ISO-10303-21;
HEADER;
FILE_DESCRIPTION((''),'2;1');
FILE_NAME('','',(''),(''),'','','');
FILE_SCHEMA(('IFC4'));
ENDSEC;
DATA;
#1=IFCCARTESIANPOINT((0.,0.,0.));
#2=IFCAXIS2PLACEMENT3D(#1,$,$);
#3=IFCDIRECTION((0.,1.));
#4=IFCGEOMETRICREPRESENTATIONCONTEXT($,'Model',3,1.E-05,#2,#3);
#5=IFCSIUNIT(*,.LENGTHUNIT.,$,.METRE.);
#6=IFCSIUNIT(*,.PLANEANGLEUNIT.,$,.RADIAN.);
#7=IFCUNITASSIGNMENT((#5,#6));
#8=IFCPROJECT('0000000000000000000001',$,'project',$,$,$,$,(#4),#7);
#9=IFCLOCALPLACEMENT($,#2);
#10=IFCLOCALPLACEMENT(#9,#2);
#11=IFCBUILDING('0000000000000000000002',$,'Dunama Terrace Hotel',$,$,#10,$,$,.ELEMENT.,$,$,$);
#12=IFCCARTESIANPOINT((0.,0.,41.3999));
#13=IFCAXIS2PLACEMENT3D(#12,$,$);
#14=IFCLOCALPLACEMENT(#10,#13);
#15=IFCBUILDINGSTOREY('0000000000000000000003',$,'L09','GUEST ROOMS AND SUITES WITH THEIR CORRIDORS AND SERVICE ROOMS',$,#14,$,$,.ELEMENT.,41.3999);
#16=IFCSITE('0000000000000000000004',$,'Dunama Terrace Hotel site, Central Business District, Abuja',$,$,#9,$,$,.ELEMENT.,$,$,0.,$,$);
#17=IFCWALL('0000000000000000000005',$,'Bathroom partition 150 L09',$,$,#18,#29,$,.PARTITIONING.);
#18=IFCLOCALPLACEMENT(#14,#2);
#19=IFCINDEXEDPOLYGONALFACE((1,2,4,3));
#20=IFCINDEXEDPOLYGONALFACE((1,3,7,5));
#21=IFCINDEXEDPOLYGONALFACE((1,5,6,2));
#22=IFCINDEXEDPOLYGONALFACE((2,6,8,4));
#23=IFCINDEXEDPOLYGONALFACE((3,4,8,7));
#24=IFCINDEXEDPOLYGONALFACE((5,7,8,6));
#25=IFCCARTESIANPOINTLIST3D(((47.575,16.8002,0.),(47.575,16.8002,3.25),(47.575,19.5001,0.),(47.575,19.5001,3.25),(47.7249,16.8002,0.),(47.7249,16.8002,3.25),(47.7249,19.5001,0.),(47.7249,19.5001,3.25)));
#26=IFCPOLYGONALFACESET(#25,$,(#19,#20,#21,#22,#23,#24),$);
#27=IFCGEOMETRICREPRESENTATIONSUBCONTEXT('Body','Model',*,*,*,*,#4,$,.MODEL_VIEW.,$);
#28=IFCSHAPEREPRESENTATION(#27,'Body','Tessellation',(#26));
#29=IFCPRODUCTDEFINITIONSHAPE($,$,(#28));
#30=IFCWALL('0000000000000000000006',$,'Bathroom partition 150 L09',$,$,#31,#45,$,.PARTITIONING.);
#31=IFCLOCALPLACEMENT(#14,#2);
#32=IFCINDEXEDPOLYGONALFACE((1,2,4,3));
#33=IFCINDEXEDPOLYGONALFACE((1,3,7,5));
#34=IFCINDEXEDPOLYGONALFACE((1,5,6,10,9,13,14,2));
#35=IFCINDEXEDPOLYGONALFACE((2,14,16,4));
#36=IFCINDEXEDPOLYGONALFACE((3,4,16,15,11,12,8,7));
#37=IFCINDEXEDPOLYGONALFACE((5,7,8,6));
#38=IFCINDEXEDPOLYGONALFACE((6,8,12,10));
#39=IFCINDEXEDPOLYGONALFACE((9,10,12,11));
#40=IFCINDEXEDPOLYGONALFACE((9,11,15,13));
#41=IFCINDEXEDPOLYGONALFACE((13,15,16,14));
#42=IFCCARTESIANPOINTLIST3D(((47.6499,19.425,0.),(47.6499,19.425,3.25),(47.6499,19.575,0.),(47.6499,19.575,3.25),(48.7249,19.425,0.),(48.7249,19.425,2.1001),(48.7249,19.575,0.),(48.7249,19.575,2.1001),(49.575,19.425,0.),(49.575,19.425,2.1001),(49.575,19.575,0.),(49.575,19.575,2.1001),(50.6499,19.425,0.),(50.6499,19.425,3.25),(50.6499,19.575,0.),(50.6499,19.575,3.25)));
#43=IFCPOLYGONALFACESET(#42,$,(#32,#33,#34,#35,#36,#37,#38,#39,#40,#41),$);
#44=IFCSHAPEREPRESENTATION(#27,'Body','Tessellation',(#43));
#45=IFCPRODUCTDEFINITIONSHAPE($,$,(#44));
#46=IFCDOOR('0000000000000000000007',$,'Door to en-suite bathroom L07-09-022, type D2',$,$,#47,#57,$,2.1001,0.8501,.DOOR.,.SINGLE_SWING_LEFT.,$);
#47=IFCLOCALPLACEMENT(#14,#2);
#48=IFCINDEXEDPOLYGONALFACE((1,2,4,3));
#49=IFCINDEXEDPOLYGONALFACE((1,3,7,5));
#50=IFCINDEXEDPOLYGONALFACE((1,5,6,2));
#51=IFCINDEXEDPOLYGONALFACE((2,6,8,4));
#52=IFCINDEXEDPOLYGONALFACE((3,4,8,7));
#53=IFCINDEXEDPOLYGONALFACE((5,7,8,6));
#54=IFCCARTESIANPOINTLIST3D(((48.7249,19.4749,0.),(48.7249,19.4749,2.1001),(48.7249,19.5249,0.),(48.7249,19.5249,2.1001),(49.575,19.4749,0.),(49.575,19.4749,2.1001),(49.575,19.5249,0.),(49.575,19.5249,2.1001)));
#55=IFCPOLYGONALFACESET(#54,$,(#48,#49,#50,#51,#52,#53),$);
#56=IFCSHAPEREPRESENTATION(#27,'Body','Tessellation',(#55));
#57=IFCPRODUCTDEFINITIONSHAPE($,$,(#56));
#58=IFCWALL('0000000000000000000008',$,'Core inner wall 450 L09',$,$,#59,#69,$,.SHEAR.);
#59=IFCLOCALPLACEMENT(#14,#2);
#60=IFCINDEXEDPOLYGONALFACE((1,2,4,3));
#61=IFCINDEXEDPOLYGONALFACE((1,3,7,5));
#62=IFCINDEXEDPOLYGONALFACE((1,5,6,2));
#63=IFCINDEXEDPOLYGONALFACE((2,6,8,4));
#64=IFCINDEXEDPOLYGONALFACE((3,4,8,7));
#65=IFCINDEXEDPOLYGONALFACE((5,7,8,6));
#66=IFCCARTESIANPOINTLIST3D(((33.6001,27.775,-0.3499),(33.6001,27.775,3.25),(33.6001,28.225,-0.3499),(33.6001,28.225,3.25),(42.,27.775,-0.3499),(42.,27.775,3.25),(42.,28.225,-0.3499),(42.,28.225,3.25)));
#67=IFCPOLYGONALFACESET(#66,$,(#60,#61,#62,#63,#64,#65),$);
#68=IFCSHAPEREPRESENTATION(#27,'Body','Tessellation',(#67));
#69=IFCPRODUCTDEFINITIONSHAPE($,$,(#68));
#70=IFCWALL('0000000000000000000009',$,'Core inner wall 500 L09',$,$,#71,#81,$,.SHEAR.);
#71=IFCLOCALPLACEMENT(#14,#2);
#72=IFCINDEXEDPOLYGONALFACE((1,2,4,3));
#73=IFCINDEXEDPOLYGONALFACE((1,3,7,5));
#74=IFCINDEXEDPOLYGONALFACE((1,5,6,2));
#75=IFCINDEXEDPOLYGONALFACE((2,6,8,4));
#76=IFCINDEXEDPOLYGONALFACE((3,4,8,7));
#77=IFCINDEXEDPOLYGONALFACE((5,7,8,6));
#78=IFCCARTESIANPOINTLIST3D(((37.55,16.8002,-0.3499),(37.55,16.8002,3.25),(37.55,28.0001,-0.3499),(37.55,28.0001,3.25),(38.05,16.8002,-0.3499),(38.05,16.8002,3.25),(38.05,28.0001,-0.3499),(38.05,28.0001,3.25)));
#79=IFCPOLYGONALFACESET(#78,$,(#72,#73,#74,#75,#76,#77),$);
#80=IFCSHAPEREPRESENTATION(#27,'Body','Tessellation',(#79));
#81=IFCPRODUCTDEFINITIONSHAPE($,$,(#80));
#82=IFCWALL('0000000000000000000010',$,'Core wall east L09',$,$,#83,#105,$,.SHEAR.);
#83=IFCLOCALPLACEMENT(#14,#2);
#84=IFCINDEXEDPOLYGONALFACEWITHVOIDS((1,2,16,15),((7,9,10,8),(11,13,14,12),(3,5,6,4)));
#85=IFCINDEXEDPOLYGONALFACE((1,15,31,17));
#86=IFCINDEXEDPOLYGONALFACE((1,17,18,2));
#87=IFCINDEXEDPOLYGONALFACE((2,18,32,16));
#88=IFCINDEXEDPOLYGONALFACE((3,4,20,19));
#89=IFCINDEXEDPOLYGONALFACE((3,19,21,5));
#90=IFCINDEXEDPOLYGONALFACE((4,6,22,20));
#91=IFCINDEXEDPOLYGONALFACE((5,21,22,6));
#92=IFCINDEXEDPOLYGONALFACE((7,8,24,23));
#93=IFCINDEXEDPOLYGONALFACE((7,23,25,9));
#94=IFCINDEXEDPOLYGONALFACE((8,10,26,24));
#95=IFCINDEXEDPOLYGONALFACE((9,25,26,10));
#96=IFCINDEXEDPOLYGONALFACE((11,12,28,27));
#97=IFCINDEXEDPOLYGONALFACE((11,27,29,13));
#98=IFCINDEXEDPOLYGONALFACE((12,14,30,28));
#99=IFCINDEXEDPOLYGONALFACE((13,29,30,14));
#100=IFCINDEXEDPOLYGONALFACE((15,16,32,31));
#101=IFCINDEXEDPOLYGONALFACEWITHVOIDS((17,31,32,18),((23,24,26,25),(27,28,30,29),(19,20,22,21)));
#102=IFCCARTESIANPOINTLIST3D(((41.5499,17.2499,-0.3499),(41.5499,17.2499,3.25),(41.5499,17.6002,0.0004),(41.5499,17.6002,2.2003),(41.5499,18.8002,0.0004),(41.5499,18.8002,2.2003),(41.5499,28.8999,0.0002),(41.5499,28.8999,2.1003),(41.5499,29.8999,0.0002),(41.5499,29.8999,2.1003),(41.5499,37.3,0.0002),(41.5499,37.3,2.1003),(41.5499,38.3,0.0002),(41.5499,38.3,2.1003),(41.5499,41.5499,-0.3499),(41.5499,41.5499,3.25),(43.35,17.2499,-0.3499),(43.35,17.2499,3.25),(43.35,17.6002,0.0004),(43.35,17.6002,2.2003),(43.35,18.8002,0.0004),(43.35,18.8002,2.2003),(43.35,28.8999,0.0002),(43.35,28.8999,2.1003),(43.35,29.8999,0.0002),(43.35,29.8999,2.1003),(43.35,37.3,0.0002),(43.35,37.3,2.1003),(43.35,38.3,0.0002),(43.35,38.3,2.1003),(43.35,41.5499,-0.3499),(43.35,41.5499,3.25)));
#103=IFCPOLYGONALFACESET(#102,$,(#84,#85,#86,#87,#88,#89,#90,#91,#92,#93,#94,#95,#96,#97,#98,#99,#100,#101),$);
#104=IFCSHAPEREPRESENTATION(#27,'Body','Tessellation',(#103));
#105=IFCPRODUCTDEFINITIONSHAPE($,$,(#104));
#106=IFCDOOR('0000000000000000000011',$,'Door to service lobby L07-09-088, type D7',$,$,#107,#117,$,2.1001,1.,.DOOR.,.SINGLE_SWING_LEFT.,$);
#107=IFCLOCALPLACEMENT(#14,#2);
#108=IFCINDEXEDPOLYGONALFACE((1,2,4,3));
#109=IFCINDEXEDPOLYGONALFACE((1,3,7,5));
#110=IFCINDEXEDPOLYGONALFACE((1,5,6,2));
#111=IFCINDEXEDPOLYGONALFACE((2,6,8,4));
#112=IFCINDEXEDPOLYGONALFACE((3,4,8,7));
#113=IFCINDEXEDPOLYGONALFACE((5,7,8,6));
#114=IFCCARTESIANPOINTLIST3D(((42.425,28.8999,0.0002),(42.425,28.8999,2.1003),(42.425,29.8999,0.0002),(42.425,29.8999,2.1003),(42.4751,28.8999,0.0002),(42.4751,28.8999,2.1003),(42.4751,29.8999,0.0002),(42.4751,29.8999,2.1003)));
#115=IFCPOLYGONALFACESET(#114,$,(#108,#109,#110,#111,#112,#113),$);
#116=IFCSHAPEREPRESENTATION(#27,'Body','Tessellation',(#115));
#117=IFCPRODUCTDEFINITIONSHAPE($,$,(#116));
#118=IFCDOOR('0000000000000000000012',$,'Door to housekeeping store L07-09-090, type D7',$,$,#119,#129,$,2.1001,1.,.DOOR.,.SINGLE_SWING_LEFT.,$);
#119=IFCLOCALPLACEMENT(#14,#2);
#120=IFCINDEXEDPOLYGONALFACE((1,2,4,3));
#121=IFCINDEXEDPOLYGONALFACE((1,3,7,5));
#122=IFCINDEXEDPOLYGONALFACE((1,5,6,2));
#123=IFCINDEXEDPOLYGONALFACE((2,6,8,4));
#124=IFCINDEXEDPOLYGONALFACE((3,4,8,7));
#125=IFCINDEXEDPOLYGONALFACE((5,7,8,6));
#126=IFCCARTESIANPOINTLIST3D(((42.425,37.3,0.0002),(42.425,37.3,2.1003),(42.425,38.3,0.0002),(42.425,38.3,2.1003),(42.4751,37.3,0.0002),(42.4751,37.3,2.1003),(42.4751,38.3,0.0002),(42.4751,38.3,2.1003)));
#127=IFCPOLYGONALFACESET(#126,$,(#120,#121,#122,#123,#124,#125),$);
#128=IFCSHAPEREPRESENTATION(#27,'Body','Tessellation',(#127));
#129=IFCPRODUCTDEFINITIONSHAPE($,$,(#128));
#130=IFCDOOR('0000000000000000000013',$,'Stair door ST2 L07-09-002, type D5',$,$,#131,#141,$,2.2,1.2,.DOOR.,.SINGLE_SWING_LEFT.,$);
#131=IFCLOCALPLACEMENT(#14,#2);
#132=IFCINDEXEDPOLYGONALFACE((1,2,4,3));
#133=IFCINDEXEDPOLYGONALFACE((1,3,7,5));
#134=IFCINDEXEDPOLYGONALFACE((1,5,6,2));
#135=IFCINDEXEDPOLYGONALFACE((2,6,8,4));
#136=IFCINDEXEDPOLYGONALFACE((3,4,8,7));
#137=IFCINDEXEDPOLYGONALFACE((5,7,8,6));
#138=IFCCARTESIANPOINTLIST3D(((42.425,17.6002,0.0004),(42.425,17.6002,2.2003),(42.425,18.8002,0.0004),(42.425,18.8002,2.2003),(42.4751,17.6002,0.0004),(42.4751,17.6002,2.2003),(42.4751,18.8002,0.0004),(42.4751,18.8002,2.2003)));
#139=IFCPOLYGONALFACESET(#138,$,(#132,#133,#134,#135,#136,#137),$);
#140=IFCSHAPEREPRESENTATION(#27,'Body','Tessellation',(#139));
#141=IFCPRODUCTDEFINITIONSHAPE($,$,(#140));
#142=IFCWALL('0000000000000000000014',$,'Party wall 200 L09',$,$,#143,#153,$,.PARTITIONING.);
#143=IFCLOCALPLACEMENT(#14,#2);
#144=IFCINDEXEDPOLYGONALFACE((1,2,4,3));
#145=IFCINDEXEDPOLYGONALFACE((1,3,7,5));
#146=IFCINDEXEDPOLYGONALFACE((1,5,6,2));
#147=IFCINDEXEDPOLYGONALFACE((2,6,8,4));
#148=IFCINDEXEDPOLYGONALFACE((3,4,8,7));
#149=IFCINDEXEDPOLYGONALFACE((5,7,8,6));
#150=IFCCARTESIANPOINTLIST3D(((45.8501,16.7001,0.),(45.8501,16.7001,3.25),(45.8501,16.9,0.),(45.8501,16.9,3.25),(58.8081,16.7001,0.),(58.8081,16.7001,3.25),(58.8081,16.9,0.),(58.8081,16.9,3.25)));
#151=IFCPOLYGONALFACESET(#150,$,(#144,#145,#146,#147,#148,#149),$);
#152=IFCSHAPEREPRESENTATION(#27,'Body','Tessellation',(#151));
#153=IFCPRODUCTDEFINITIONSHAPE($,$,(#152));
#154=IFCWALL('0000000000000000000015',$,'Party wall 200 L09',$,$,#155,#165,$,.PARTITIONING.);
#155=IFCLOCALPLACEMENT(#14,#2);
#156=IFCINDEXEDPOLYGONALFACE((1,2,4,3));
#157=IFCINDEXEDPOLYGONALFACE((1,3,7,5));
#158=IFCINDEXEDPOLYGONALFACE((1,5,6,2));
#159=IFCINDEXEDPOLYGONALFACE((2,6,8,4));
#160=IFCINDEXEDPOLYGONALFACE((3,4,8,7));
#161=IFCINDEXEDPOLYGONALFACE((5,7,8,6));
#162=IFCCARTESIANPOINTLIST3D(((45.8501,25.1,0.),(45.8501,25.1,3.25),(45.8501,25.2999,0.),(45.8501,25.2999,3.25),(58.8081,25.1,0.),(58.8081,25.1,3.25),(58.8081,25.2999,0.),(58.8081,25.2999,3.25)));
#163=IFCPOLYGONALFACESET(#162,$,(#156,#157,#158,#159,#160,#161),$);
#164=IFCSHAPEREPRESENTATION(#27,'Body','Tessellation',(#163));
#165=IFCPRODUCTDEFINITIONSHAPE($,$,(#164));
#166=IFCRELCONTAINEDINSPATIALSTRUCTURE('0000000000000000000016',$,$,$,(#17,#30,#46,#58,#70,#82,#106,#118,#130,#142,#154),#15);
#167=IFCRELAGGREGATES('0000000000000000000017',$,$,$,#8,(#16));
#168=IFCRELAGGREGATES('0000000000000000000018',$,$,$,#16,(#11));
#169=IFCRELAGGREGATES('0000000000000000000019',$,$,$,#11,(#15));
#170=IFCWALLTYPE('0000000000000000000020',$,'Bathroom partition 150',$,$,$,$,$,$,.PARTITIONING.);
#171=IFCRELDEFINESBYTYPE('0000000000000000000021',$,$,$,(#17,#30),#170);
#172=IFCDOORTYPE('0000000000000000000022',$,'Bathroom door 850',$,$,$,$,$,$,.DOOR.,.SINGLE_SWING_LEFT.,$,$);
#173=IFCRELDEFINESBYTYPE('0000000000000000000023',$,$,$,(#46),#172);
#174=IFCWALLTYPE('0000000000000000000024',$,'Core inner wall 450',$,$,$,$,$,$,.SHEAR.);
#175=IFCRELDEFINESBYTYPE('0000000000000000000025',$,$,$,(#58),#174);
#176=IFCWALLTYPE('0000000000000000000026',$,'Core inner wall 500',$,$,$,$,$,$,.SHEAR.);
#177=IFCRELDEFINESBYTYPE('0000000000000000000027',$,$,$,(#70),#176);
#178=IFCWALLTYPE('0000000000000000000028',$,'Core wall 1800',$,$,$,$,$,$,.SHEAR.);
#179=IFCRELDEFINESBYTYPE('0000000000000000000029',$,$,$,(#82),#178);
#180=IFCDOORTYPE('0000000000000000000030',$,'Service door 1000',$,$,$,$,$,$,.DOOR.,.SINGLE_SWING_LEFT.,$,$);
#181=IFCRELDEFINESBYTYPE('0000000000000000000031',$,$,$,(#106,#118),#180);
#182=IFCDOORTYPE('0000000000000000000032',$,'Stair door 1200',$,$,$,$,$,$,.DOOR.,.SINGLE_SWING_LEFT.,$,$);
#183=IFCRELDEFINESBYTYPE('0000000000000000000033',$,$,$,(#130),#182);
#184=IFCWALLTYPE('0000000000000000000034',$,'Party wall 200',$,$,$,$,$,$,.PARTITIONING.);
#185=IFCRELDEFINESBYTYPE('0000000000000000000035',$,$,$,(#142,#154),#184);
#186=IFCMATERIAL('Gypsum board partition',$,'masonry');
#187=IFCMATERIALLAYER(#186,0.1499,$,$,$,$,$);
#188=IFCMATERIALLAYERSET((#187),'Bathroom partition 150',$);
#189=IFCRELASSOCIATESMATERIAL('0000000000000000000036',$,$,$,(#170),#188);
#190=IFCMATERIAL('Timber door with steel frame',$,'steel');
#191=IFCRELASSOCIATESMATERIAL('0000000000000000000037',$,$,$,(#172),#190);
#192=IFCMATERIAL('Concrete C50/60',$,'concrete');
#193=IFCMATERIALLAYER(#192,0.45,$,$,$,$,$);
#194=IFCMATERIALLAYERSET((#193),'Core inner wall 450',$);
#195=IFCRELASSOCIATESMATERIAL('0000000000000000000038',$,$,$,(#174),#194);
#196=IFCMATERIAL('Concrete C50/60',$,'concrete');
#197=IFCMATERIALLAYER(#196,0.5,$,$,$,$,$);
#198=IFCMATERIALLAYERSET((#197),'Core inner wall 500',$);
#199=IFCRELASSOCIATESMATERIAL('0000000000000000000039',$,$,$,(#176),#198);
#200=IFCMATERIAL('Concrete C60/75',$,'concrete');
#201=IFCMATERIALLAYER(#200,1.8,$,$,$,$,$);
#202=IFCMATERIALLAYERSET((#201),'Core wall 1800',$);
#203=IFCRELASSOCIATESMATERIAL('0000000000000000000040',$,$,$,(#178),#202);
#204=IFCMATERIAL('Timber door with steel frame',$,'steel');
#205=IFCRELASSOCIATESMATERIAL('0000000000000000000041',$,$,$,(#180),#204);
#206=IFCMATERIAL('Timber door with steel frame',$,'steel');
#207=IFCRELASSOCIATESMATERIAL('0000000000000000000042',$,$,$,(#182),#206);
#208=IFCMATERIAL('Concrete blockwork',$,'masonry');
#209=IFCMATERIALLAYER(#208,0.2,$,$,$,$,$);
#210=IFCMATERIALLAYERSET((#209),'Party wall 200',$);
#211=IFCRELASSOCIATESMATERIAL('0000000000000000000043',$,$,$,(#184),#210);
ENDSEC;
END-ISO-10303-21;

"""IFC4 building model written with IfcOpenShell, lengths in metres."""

from ifc_helpers import new_model, si_unit, direction, frame, frame_2d, origin, place, context, subcontext, project, spatial, rectangle, extrude, material, layer, layer_set, type_object, element, fill, save


model = new_model("IFC4")

# Units and contexts
model_context = context("Model", 3, precision=1e-05, world=origin(), true_north=direction((0.0, 1.0)))
body_context = subcontext(model_context, "Body", "Model", "MODEL_VIEW")
ifc_project = project(units=[si_unit("LENGTHUNIT", "METRE"), si_unit("PLANEANGLEUNIT", "RADIAN")], contexts=[model_context])

# Site, building, storey
site_placement = place(None, origin())
site = spatial("IfcSite", under=ifc_project, at=site_placement, Name="Dunama Terrace Hotel site, Central Business District, Abuja", CompositionType="ELEMENT", RefElevation=0.0)
building_placement = place(site_placement, origin())
building = spatial("IfcBuilding", under=site, at=building_placement, Name="Dunama Terrace Hotel", CompositionType="ELEMENT")
storey_placement = place(building_placement, frame((0.0, 0.0, 41.3999)))
storey = spatial("IfcBuildingStorey", under=building, at=storey_placement, Name="L09", Description="GUEST ROOMS AND SUITES WITH THEIR CORRIDORS AND SERVICE ROOMS", CompositionType="ELEMENT", Elevation=41.3999)

# Wall
ifc_material_1 = material(Name="Gypsum board partition", Category="masonry")
ifc_layer_1 = layer(ifc_material_1, 0.1499)
ifc_layer_set_1 = layer_set([ifc_layer_1], Name="Bathroom partition 150")
wall_type_1 = type_object("IfcWallType", Name="Bathroom partition 150", PredefinedType="PARTITIONING", material=ifc_layer_set_1)
wall_1_placement = place(storey_placement, frame((47.6499, 16.8, 0.0), z_axis=(0.0, 0.0, 1.0), x_axis=(0.0, 1.0, 0.0)))
element("IfcWall", 1, at=wall_1_placement, inside=storey, type_object=wall_type_1, Name="Bathroom partition 150 L09", PredefinedType="PARTITIONING", context=body_context, shape_type="SweptSolid", body=[
    extrude(rectangle(XDim=2.7, YDim=0.1499, at=frame_2d((1.3501, 0.0))), origin(), (0.0, 0.0, 1.0), 3.25),
])

# Wall, opening, door
wall_2_placement = place(storey_placement, frame((47.6499, 19.5, 0.0), z_axis=(0.0, 0.0, 1.0), x_axis=(1.0, 0.0, 0.0)))
wall_2 = element("IfcWall", 2, at=wall_2_placement, inside=storey, type_object=wall_type_1, Name="Bathroom partition 150 L09", PredefinedType="PARTITIONING", context=body_context, shape_type="SweptSolid", body=[
    extrude(rectangle(XDim=3.0, YDim=0.1499, at=frame_2d((1.5, 0.0))), origin(), (0.0, 0.0, 1.0), 3.25),
])
opening_1_placement = place(wall_2_placement, frame((1.075, 0.0, 0.0)))
opening_1 = element("IfcOpeningElement", 3, at=opening_1_placement, cuts=wall_2, PredefinedType="OPENING", context=body_context, shape_type="SweptSolid", body=[
    extrude(rectangle(XDim=0.8501, YDim=2.1001, at=frame_2d((0.425, 1.05))), frame((0.0, 0.085, 0.0), z_axis=(0.0, -1.0, 0.0), x_axis=(1.0, 0.0, 0.0)), (0.0, 0.0, 1.0), 0.1699),
])
ifc_material_2 = material(Name="Timber door with steel frame", Category="steel")
door_type_1 = type_object("IfcDoorType", Name="Bathroom door 850", OperationType="SINGLE_SWING_LEFT", PredefinedType="DOOR", material=ifc_material_2)
door_1_placement = place(opening_1_placement, frame((0.8501, 0.0, 0.0), z_axis=(0.0, 0.0, 1.0), x_axis=(-1.0, 0.0, 0.0)))
door_1 = element("IfcDoor", 4, at=door_1_placement, inside=storey, type_object=door_type_1, Name="Door to en-suite bathroom L07-09-022, type D2", OperationType="SINGLE_SWING_LEFT", OverallHeight=2.1001, OverallWidth=0.8501, PredefinedType="DOOR", context=body_context, shape_type="SweptSolid", body=[
    extrude(rectangle(XDim=0.8501, YDim=2.1001, at=frame_2d((0.425, 1.05))), frame((0.0, 0.0251, 0.0), z_axis=(0.0, -1.0, 0.0), x_axis=(1.0, 0.0, 0.0)), (0.0, 0.0, 1.0), 0.05),
])
fill(opening_1, door_1)

# Walls
ifc_material_3 = material(Name="Concrete C50/60", Category="concrete")
ifc_layer_2 = layer(ifc_material_3, 0.45)
ifc_layer_set_2 = layer_set([ifc_layer_2], Name="Core inner wall 450")
wall_type_2 = type_object("IfcWallType", Name="Core inner wall 450", PredefinedType="SHEAR", material=ifc_layer_set_2)
wall_3_placement = place(storey_placement, frame((33.6001, 28.0, -0.3499), z_axis=(0.0, 0.0, 1.0), x_axis=(1.0, 0.0, 0.0)))
element("IfcWall", 5, at=wall_3_placement, inside=storey, type_object=wall_type_2, Name="Core inner wall 450 L09", PredefinedType="SHEAR", context=body_context, shape_type="SweptSolid", body=[
    extrude(rectangle(XDim=8.3999, YDim=0.45, at=frame_2d((4.2, 0.0))), origin(), (0.0, 0.0, 1.0), 3.5999),
])
ifc_material_4 = material(Name="Concrete C50/60", Category="concrete")
ifc_layer_3 = layer(ifc_material_4, 0.5)
ifc_layer_set_3 = layer_set([ifc_layer_3], Name="Core inner wall 500")
wall_type_3 = type_object("IfcWallType", Name="Core inner wall 500", PredefinedType="SHEAR", material=ifc_layer_set_3)
wall_4_placement = place(storey_placement, frame((37.8, 16.8, -0.3499), z_axis=(0.0, 0.0, 1.0), x_axis=(0.0, 1.0, 0.0)))
element("IfcWall", 6, at=wall_4_placement, inside=storey, type_object=wall_type_3, Name="Core inner wall 500 L09", PredefinedType="SHEAR", context=body_context, shape_type="SweptSolid", body=[
    extrude(rectangle(XDim=11.2, YDim=0.5, at=frame_2d((5.6001, 0.0))), origin(), (0.0, 0.0, 1.0), 3.5999),
])

# Wall, openings, doors
ifc_material_5 = material(Name="Concrete C60/75", Category="concrete")
ifc_layer_4 = layer(ifc_material_5, 1.8)
ifc_layer_set_4 = layer_set([ifc_layer_4], Name="Core wall 1800")
wall_type_4 = type_object("IfcWallType", Name="Core wall 1800", PredefinedType="SHEAR", material=ifc_layer_set_4)
wall_5_placement = place(storey_placement, frame((42.45, 17.25, -0.3499), z_axis=(0.0, 0.0, 1.0), x_axis=(0.0, 1.0, 0.0)))
wall_5 = element("IfcWall", 7, at=wall_5_placement, inside=storey, type_object=wall_type_4, Name="Core wall east L09", PredefinedType="SHEAR", context=body_context, shape_type="SweptSolid", body=[
    extrude(rectangle(XDim=24.3, YDim=1.8, at=frame_2d((12.1499, 0.0))), origin(), (0.0, 0.0, 1.0), 3.5999),
])
opening_2_placement = place(wall_5_placement, frame((0.3501, 0.0, 0.3501)))
opening_2 = element("IfcOpeningElement", 8, at=opening_2_placement, cuts=wall_5, PredefinedType="OPENING", context=body_context, shape_type="SweptSolid", body=[
    extrude(rectangle(XDim=1.2, YDim=2.2, at=frame_2d((0.6001, 1.1001))), frame((0.0, 0.9099, 0.0), z_axis=(0.0, -1.0, 0.0), x_axis=(1.0, 0.0, 0.0)), (0.0, 0.0, 1.0), 1.8201),
])
opening_3_placement = place(wall_5_placement, frame((11.6499, 0.0, 0.3501)))
opening_3 = element("IfcOpeningElement", 9, at=opening_3_placement, cuts=wall_5, PredefinedType="OPENING", context=body_context, shape_type="SweptSolid", body=[
    extrude(rectangle(XDim=1.0, YDim=2.1001, at=frame_2d((0.5, 1.05))), frame((0.0, 0.9099, 0.0), z_axis=(0.0, -1.0, 0.0), x_axis=(1.0, 0.0, 0.0)), (0.0, 0.0, 1.0), 1.8201),
])
opening_4_placement = place(wall_5_placement, frame((20.05, 0.0, 0.3501)))
opening_4 = element("IfcOpeningElement", 10, at=opening_4_placement, cuts=wall_5, PredefinedType="OPENING", context=body_context, shape_type="SweptSolid", body=[
    extrude(rectangle(XDim=1.0, YDim=2.1001, at=frame_2d((0.5, 1.05))), frame((0.0, 0.9099, 0.0), z_axis=(0.0, -1.0, 0.0), x_axis=(1.0, 0.0, 0.0)), (0.0, 0.0, 1.0), 1.8201),
])
ifc_material_6 = material(Name="Timber door with steel frame", Category="steel")
door_type_2 = type_object("IfcDoorType", Name="Service door 1000", OperationType="SINGLE_SWING_LEFT", PredefinedType="DOOR", material=ifc_material_6)
door_2_placement = place(opening_3_placement, origin())
door_2 = element("IfcDoor", 11, at=door_2_placement, inside=storey, type_object=door_type_2, Name="Door to service lobby L07-09-088, type D7", OperationType="SINGLE_SWING_LEFT", OverallHeight=2.1001, OverallWidth=1.0, PredefinedType="DOOR", context=body_context, shape_type="SweptSolid", body=[
    extrude(rectangle(XDim=1.0, YDim=2.1001, at=frame_2d((0.5, 1.05))), frame((0.0, 0.0249, 0.0), z_axis=(0.0, -1.0, 0.0), x_axis=(1.0, 0.0, 0.0)), (0.0, 0.0, 1.0), 0.05),
])
fill(opening_3, door_2)
door_3_placement = place(opening_4_placement, origin())
door_3 = element("IfcDoor", 12, at=door_3_placement, inside=storey, type_object=door_type_2, Name="Door to housekeeping store L07-09-090, type D7", OperationType="SINGLE_SWING_LEFT", OverallHeight=2.1001, OverallWidth=1.0, PredefinedType="DOOR", context=body_context, shape_type="SweptSolid", body=[
    extrude(rectangle(XDim=1.0, YDim=2.1001, at=frame_2d((0.5, 1.05))), frame((0.0, 0.0249, 0.0), z_axis=(0.0, -1.0, 0.0), x_axis=(1.0, 0.0, 0.0)), (0.0, 0.0, 1.0), 0.05),
])
fill(opening_4, door_3)
ifc_material_7 = material(Name="Timber door with steel frame", Category="steel")
door_type_3 = type_object("IfcDoorType", Name="Stair door 1200", OperationType="SINGLE_SWING_LEFT", PredefinedType="DOOR", material=ifc_material_7)
door_4_placement = place(opening_2_placement, origin())
door_4 = element("IfcDoor", 13, at=door_4_placement, inside=storey, type_object=door_type_3, Name="Stair door ST2 L07-09-002, type D5", OperationType="SINGLE_SWING_LEFT", OverallHeight=2.2, OverallWidth=1.2, PredefinedType="DOOR", context=body_context, shape_type="SweptSolid", body=[
    extrude(rectangle(XDim=1.2, YDim=2.2, at=frame_2d((0.6001, 1.1001))), frame((0.0, 0.0249, 0.0), z_axis=(0.0, -1.0, 0.0), x_axis=(1.0, 0.0, 0.0)), (0.0, 0.0, 1.0), 0.05),
])
fill(opening_2, door_4)

# Walls
ifc_material_8 = material(Name="Concrete blockwork", Category="masonry")
ifc_layer_5 = layer(ifc_material_8, 0.2)
ifc_layer_set_5 = layer_set([ifc_layer_5], Name="Party wall 200")
wall_type_5 = type_object("IfcWallType", Name="Party wall 200", PredefinedType="PARTITIONING", material=ifc_layer_set_5)
for number, where, z_axis, x_axis, name in (
    (14, (45.8501, 16.8, 0.0), (0.0, 0.0, 1.0), (1.0, 0.0, 0.0), "Party wall 200 L09"),
    (15, (45.8501, 25.2, 0.0), (0.0, 0.0, 1.0), (1.0, 0.0, 0.0), "Party wall 200 L09"),
):
    element("IfcWall", number, at=place(storey_placement, frame(where, z_axis=z_axis, x_axis=x_axis)), inside=storey, type_object=wall_type_5, Name=name, PredefinedType="PARTITIONING", context=body_context, shape_type="SweptSolid", body=[
        extrude(rectangle(XDim=12.958, YDim=0.2, at=frame_2d((6.479, 0.0))), origin(), (0.0, 0.0, 1.0), 3.25),
    ])

save(model, "model.ifc")
